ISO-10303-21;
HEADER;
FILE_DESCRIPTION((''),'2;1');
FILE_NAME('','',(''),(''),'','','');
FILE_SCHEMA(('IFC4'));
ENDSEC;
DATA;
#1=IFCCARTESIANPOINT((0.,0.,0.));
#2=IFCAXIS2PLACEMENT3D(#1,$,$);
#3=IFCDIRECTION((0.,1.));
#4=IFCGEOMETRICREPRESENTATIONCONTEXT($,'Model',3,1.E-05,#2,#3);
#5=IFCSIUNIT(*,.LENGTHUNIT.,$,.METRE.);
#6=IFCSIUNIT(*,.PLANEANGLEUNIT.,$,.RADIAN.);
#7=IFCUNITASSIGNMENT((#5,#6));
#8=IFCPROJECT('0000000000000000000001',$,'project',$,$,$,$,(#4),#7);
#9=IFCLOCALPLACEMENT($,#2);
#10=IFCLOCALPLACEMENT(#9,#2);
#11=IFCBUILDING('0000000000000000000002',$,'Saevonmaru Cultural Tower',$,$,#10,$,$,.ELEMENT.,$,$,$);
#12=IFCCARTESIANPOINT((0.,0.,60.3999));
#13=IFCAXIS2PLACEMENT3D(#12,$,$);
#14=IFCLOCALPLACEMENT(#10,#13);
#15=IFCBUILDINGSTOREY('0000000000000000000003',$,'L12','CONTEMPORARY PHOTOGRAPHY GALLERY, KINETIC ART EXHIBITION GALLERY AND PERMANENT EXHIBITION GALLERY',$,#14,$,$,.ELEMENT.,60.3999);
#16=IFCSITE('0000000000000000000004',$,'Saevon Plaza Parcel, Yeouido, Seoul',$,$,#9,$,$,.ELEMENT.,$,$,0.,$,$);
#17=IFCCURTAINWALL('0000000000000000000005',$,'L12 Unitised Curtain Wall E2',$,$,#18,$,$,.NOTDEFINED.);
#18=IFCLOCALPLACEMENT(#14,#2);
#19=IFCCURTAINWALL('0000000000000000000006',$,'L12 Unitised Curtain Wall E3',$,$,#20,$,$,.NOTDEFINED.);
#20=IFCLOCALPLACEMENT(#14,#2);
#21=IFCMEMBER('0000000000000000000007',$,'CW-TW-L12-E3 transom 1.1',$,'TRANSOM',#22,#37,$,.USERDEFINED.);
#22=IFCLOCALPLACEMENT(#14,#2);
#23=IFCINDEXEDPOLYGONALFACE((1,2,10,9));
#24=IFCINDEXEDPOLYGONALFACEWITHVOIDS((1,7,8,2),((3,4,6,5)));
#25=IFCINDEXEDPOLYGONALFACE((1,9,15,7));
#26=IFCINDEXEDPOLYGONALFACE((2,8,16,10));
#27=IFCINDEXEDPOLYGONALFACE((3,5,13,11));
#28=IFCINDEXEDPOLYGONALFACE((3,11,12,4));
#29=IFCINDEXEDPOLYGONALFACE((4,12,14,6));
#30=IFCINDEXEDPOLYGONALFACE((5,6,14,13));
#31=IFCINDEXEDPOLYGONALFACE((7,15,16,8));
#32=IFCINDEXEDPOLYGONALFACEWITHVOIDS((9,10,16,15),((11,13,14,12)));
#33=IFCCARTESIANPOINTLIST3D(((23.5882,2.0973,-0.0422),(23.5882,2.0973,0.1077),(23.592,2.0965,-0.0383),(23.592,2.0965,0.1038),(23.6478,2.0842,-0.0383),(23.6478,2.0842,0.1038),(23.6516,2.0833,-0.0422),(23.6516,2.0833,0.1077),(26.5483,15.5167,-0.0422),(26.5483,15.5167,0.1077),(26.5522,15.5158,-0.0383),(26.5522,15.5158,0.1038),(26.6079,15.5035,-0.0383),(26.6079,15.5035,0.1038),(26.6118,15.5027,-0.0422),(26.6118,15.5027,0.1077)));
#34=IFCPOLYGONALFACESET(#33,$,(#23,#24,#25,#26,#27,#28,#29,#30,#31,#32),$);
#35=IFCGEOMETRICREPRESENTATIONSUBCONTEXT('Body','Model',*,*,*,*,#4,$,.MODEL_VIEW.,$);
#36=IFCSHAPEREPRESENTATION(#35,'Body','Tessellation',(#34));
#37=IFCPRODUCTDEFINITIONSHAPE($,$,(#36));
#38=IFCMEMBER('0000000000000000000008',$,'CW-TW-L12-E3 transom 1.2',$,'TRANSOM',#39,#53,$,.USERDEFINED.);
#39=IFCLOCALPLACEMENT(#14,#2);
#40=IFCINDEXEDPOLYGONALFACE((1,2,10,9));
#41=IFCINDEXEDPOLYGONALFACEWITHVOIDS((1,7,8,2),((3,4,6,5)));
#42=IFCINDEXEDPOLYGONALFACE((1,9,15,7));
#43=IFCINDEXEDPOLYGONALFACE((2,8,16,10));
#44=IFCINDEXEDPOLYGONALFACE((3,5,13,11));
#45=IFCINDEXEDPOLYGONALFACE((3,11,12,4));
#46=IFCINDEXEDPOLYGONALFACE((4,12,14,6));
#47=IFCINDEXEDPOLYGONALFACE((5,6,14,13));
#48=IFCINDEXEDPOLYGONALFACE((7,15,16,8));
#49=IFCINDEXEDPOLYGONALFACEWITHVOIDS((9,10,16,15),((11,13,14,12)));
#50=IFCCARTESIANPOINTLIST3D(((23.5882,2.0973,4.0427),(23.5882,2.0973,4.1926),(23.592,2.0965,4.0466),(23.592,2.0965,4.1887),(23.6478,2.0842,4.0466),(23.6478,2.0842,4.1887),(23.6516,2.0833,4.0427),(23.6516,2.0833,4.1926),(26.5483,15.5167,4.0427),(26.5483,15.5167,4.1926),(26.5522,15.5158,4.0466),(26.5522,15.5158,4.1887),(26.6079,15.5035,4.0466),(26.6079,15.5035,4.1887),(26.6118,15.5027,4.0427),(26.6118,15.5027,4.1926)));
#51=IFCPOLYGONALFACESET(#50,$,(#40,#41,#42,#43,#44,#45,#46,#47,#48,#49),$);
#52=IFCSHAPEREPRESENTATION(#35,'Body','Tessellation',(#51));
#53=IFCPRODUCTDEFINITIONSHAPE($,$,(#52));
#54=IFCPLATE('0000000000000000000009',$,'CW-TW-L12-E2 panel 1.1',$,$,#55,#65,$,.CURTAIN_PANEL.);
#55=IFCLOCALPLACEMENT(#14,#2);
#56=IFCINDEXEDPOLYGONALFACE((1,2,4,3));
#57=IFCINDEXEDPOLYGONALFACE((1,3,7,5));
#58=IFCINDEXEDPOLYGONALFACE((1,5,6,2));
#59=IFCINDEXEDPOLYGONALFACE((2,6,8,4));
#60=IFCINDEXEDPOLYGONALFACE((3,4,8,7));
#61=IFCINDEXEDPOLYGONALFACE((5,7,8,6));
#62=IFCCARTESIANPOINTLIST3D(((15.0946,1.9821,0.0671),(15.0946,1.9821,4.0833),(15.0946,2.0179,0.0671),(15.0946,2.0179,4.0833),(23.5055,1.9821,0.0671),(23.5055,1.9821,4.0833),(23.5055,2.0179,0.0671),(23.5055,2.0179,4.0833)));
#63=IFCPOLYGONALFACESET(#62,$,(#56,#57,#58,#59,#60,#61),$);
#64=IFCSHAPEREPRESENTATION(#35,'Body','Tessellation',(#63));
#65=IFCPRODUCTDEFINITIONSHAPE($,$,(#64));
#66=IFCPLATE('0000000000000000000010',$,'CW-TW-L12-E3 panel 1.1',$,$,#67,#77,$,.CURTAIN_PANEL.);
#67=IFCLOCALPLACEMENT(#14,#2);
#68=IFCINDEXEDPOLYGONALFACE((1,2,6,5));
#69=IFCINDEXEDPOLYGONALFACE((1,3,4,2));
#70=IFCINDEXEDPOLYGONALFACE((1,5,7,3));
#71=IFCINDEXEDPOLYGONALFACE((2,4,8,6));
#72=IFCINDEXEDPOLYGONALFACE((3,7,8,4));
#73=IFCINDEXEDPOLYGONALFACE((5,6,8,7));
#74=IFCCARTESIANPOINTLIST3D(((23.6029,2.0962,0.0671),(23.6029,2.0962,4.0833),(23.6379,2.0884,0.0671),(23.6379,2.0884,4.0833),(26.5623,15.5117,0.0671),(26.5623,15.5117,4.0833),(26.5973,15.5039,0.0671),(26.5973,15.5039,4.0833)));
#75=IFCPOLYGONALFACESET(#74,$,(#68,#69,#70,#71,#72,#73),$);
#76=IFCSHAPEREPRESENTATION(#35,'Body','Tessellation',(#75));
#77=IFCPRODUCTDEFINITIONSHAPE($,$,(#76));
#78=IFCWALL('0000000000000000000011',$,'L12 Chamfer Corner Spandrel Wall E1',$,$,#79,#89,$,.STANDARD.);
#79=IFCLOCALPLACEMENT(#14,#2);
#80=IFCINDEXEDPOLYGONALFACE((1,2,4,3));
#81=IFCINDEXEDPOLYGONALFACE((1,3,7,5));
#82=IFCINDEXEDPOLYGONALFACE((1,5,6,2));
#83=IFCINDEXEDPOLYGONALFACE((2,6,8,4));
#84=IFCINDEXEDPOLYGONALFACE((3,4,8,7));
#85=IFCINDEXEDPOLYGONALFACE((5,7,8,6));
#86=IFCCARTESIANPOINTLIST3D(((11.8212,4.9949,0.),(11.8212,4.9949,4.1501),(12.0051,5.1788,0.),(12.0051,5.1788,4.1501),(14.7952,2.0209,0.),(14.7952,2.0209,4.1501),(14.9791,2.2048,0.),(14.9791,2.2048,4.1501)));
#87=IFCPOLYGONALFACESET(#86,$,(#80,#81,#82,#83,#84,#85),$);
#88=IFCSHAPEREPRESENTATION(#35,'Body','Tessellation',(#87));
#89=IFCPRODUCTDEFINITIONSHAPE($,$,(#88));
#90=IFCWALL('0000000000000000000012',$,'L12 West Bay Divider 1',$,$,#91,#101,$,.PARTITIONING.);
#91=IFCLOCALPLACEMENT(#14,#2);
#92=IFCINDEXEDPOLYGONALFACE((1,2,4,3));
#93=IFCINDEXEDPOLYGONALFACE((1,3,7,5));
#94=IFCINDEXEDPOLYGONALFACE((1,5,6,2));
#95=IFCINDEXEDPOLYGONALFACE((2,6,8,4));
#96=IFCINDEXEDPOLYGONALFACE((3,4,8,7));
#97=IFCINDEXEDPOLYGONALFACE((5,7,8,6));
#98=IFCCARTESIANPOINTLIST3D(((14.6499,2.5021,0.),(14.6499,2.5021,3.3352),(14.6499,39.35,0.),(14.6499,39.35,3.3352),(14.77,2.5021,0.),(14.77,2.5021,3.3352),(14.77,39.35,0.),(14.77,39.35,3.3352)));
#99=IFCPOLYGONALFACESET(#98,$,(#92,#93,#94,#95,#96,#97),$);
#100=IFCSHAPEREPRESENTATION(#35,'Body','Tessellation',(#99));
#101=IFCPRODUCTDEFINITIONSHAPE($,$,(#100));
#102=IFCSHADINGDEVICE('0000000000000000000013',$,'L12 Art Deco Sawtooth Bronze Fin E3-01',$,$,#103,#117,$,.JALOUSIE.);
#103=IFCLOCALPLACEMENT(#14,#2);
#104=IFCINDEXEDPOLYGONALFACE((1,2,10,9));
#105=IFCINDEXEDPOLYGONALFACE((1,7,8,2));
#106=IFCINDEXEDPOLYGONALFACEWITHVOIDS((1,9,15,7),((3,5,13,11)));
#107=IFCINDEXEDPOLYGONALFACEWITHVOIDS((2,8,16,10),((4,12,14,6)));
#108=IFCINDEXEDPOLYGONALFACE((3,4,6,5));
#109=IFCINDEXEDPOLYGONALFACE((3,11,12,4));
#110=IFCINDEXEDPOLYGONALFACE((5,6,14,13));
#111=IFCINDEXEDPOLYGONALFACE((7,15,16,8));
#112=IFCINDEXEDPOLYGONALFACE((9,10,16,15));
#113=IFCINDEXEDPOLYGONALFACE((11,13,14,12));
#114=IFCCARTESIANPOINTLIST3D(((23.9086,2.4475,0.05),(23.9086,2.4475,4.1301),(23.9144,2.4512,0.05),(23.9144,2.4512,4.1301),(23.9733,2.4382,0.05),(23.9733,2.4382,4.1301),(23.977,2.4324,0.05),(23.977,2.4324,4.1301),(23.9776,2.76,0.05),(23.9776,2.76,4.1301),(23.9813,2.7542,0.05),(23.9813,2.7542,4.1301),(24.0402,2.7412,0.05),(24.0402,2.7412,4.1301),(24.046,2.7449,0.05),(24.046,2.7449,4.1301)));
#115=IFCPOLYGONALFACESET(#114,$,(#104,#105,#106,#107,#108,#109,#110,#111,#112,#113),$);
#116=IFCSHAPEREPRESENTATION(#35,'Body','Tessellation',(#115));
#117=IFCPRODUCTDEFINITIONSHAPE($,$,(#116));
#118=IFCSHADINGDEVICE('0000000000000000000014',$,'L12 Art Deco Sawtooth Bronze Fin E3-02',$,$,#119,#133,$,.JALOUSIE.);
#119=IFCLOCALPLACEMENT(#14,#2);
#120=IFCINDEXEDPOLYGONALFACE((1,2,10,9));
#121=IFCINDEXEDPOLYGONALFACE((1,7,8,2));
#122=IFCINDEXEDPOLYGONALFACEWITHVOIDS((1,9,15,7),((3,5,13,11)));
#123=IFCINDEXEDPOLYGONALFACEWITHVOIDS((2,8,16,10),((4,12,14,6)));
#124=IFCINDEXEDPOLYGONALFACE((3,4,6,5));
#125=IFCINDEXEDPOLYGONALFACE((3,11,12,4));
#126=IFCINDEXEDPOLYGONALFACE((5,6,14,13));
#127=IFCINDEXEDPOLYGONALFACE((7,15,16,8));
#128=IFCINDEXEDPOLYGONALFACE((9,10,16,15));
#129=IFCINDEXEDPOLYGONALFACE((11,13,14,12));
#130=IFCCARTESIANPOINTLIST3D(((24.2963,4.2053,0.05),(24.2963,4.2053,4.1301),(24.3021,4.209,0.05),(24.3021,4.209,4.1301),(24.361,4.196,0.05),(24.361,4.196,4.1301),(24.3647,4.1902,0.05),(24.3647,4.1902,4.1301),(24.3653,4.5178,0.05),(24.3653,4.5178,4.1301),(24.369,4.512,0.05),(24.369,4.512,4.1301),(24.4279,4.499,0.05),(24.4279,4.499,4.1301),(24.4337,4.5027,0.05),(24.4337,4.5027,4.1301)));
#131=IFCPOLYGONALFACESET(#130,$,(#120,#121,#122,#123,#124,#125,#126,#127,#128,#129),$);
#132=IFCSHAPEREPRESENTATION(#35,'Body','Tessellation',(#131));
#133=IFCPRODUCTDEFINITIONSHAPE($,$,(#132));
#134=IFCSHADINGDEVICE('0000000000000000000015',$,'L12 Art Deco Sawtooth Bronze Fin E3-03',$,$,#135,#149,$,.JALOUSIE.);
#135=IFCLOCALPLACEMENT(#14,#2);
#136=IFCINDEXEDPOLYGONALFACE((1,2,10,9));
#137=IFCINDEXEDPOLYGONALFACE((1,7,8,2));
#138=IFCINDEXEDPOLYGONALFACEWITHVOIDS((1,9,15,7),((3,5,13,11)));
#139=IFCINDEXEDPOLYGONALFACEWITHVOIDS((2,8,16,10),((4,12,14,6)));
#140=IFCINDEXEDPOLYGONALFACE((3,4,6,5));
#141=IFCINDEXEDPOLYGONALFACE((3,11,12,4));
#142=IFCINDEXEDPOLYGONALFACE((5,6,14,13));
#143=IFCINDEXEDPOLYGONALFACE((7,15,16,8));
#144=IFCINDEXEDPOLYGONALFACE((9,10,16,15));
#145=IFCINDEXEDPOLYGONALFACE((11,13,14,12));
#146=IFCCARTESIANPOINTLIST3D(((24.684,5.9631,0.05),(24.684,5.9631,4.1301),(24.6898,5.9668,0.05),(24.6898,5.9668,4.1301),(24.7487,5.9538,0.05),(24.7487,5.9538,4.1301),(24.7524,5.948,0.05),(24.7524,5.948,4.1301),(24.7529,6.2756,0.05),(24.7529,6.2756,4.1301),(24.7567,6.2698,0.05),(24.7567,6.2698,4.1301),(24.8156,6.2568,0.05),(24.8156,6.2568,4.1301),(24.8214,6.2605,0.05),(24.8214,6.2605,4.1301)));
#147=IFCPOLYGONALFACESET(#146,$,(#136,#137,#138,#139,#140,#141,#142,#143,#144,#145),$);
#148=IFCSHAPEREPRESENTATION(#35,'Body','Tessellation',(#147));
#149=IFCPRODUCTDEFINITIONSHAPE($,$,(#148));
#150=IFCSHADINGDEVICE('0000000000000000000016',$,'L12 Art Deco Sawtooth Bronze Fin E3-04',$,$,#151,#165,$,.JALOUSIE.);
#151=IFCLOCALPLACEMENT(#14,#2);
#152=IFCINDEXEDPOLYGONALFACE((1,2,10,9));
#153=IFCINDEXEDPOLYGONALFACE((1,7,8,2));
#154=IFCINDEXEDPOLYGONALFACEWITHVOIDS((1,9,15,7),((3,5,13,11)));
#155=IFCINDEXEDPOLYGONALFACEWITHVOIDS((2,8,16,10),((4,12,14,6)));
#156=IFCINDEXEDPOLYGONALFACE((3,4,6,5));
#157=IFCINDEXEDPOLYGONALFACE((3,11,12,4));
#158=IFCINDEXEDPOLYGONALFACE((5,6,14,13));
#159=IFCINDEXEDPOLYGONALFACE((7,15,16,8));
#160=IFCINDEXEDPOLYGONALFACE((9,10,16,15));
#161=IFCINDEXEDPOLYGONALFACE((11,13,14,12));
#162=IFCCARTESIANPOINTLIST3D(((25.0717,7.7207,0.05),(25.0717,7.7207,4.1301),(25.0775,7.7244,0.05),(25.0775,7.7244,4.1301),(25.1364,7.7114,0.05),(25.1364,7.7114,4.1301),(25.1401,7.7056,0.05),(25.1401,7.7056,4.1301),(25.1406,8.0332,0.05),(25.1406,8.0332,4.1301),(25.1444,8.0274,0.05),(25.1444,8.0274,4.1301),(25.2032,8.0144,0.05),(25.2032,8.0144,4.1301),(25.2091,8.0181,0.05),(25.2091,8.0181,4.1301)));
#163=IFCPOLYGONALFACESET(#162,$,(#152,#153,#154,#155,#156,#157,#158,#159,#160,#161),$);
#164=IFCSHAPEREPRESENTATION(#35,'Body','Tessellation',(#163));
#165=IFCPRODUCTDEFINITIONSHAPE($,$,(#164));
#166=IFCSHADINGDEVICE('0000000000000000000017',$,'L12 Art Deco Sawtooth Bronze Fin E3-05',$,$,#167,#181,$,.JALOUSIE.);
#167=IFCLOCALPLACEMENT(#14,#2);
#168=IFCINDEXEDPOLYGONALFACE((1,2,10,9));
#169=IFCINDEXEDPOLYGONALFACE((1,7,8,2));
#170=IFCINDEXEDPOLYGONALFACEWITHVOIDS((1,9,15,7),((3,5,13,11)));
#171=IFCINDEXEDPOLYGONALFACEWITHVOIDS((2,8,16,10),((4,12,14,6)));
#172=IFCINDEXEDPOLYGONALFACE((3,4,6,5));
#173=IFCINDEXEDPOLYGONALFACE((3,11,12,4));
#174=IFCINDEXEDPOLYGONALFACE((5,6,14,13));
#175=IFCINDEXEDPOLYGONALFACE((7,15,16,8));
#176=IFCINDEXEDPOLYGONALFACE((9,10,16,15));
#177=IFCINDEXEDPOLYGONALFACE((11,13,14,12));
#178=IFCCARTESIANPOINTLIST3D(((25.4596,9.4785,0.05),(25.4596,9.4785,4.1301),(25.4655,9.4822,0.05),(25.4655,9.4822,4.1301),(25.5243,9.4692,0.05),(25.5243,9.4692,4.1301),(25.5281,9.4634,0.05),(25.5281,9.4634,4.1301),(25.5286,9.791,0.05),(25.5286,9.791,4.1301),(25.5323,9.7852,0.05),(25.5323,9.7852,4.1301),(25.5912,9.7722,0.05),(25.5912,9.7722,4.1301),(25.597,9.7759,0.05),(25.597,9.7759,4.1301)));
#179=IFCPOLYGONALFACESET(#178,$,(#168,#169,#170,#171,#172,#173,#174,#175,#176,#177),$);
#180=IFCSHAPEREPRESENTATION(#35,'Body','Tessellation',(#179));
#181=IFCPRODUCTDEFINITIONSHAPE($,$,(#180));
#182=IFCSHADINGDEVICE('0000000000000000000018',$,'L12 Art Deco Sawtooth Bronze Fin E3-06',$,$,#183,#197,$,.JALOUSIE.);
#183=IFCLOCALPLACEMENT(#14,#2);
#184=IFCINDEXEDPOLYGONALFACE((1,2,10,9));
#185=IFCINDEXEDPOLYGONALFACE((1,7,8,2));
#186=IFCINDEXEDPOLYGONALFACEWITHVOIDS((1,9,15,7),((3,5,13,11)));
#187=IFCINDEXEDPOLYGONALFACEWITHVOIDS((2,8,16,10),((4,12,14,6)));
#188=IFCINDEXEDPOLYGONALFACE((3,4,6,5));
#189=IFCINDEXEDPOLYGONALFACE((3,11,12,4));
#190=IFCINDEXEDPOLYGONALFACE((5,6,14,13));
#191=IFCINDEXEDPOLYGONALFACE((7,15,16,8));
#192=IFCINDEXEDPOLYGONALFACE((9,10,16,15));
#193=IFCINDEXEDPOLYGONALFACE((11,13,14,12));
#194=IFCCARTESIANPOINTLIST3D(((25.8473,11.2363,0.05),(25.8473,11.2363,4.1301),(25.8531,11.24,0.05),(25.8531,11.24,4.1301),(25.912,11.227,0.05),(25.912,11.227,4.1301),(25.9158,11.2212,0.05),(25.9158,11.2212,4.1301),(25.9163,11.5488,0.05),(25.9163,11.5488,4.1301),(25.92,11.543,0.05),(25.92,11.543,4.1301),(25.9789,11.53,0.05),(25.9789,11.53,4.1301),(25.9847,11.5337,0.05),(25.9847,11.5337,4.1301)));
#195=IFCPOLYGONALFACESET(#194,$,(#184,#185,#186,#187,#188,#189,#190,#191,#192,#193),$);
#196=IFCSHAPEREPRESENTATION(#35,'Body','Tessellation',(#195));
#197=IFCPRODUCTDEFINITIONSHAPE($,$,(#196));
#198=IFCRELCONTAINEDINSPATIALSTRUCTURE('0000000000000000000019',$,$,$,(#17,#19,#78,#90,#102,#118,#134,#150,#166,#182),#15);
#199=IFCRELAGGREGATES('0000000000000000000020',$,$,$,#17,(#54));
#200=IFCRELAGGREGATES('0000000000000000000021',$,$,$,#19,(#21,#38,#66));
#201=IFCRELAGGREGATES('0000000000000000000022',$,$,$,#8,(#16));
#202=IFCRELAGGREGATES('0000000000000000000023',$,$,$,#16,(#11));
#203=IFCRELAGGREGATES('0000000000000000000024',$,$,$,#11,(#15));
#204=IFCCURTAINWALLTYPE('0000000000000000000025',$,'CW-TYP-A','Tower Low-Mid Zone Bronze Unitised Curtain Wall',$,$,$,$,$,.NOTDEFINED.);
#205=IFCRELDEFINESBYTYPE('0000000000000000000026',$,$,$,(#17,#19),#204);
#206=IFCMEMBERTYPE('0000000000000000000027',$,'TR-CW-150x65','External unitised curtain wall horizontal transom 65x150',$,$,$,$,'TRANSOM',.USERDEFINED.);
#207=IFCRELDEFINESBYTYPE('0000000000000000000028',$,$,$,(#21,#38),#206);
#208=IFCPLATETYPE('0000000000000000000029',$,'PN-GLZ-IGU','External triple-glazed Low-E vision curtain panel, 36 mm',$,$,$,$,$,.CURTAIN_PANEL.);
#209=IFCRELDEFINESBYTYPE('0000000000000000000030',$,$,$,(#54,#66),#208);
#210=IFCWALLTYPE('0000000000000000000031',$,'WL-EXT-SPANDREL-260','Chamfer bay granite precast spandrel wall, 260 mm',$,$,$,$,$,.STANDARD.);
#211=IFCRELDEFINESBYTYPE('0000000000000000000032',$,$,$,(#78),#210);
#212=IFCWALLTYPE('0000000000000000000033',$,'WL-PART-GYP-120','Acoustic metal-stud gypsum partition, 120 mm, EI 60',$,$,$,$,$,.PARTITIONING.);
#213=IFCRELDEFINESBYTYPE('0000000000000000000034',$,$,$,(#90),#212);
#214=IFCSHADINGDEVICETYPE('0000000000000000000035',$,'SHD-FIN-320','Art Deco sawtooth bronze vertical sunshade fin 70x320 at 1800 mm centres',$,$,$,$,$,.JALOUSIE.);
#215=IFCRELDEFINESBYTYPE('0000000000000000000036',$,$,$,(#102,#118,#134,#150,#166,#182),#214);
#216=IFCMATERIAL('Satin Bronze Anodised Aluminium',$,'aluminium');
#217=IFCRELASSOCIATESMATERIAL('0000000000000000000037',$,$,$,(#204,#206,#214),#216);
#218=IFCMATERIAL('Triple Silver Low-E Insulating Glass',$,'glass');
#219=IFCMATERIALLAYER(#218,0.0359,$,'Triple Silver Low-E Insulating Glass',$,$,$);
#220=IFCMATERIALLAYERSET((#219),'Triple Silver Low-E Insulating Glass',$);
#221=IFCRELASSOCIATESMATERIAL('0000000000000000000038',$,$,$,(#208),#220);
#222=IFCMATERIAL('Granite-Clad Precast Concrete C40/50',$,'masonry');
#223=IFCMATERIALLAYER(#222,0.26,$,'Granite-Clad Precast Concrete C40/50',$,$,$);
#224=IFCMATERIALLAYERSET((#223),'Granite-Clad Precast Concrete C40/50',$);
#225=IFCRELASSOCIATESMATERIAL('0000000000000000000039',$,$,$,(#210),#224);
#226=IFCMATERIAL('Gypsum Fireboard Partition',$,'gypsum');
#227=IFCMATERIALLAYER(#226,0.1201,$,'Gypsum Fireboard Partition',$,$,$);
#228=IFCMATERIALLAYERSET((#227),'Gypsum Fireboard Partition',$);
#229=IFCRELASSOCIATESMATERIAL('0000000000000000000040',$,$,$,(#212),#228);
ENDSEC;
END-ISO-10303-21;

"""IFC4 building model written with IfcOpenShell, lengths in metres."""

from ifc_helpers import new_model, si_unit, direction, frame, frame_2d, origin, origin_2d, place, context, subcontext, project, spatial, rectangle, hollow_rectangle, extrude, material, layer, layer_set, material_profile, profile_set, type_object, element, aggregate, save


model = new_model("IFC4")

# Units and contexts
model_context = context("Model", 3, precision=1e-05, world=origin(), true_north=direction((0.0, 1.0)))
body_context = subcontext(model_context, "Body", "Model", "MODEL_VIEW")
ifc_project = project(units=[si_unit("LENGTHUNIT", "METRE"), si_unit("PLANEANGLEUNIT", "RADIAN")], contexts=[model_context])

# Site, building, storey
site_placement = place(None, origin())
site = spatial("IfcSite", under=ifc_project, at=site_placement, Name="Saevon Plaza Parcel, Yeouido, Seoul", CompositionType="ELEMENT", RefElevation=0.0)
building_placement = place(site_placement, origin())
building = spatial("IfcBuilding", under=site, at=building_placement, Name="Saevonmaru Cultural Tower", CompositionType="ELEMENT")
storey_placement = place(building_placement, frame((0.0, 0.0, 60.3999)))
storey = spatial("IfcBuildingStorey", under=building, at=storey_placement, Name="L12", Description="CONTEMPORARY PHOTOGRAPHY GALLERY, KINETIC ART EXHIBITION GALLERY AND PERMANENT EXHIBITION GALLERY", CompositionType="ELEMENT", Elevation=60.3999)

# Curtain wall
ifc_material_1 = material(Name="Satin Bronze Anodised Aluminium", Category="aluminium")
curtain_wall_type = type_object("IfcCurtainWallType", Name="CW-TYP-A", Description="Tower Low-Mid Zone Bronze Unitised Curtain Wall", PredefinedType="NOTDEFINED", material=ifc_material_1)
curtain_wall_1_placement = place(storey_placement, origin())
curtain_wall_1 = element("IfcCurtainWall", 1, at=curtain_wall_1_placement, inside=storey, type_object=curtain_wall_type, Name="L12 Unitised Curtain Wall E2", PredefinedType="NOTDEFINED")

# Curtain wall
curtain_wall_2_placement = place(storey_placement, origin())
curtain_wall_2 = element("IfcCurtainWall", 2, at=curtain_wall_2_placement, inside=storey, type_object=curtain_wall_type, Name="L12 Unitised Curtain Wall E3", PredefinedType="NOTDEFINED")

# Members
ifc_material_profile_1 = material_profile(ifc_material_1, hollow_rectangle(XDim=0.0649, YDim=0.1499, WallThickness=0.0039, at=origin_2d()), Name="ALU-TRAN-150x65x4")
ifc_profile_set_1 = profile_set([ifc_material_profile_1], Name="Satin Bronze Anodised Aluminium")
member_type_1 = type_object("IfcMemberType", Name="TR-CW-150x65", Description="External unitised curtain wall horizontal transom 65x150", ElementType="TRANSOM", PredefinedType="USERDEFINED", material=ifc_profile_set_1)
member_1_placement = place(storey_placement, frame((23.6199, 2.0903, 0.0327), z_axis=(0.215412, 0.976523, 0.0), x_axis=(-0.976523, 0.215412, 0.0)))
member_1 = element("IfcMember", 3, at=member_1_placement, type_object=member_type_1, Name="CW-TW-L12-E3 transom 1.1", ObjectType="TRANSOM", PredefinedType="USERDEFINED", context=body_context, shape_type="SweptSolid", body=[
    extrude(hollow_rectangle(XDim=0.0649, YDim=0.1499, WallThickness=0.0039, at=origin_2d()), origin(), (0.0, 0.0, 1.0), 13.7419),
])
member_2_placement = place(storey_placement, frame((23.6199, 2.0903, 4.1177), z_axis=(0.215412, 0.976523, 0.0), x_axis=(-0.976523, 0.215412, 0.0)))
member_2 = element("IfcMember", 4, at=member_2_placement, type_object=member_type_1, Name="CW-TW-L12-E3 transom 1.2", ObjectType="TRANSOM", PredefinedType="USERDEFINED", context=body_context, shape_type="SweptSolid", body=[
    extrude(hollow_rectangle(XDim=0.0649, YDim=0.1499, WallThickness=0.0039, at=origin_2d()), origin(), (0.0, 0.0, 1.0), 13.7419),
])

# Plates
ifc_material_2 = material(Name="Triple Silver Low-E Insulating Glass", Category="glass")
ifc_layer_1 = layer(ifc_material_2, 0.0359, Name="Triple Silver Low-E Insulating Glass")
ifc_layer_set_1 = layer_set([ifc_layer_1], Name="Triple Silver Low-E Insulating Glass")
plate_type = type_object("IfcPlateType", Name="PN-GLZ-IGU", Description="External triple-glazed Low-E vision curtain panel, 36 mm", PredefinedType="CURTAIN_PANEL", material=ifc_layer_set_1)
plate_1_placement = place(storey_placement, frame((19.3, 2.0, 0.0671), z_axis=(0.0, 0.0, 1.0), x_axis=(1.0, 0.0, 0.0)))
plate_1 = element("IfcPlate", 5, at=plate_1_placement, type_object=plate_type, Name="CW-TW-L12-E2 panel 1.1", PredefinedType="CURTAIN_PANEL", context=body_context, shape_type="SweptSolid", body=[
    extrude(rectangle(XDim=8.4109, YDim=0.0359, at=origin_2d()), origin(), (0.0, 0.0, 1.0), 4.0161),
])
aggregate(curtain_wall_1, [plate_1])
plate_2_placement = place(storey_placement, frame((25.1001, 8.8, 0.0671), z_axis=(0.0, 0.0, 1.0), x_axis=(0.215413, 0.976523, 0.0)))
plate_2 = element("IfcPlate", 6, at=plate_2_placement, type_object=plate_type, Name="CW-TW-L12-E3 panel 1.1", PredefinedType="CURTAIN_PANEL", context=body_context, shape_type="SweptSolid", body=[
    extrude(rectangle(XDim=13.738, YDim=0.0359, at=origin_2d()), origin(), (0.0, 0.0, 1.0), 4.0161),
])
aggregate(curtain_wall_2, [member_1, member_2, plate_2])

# Walls
ifc_material_3 = material(Name="Granite-Clad Precast Concrete C40/50", Category="masonry")
ifc_layer_2 = layer(ifc_material_3, 0.26, Name="Granite-Clad Precast Concrete C40/50")
ifc_layer_set_2 = layer_set([ifc_layer_2], Name="Granite-Clad Precast Concrete C40/50")
wall_type_1 = type_object("IfcWallType", Name="WL-EXT-SPANDREL-260", Description="Chamfer bay granite precast spandrel wall, 260 mm", PredefinedType="STANDARD", material=ifc_layer_set_2)
wall_1_placement = place(storey_placement, frame((11.9131, 5.0869, 0.0), z_axis=(0.0, 0.0, 1.0), x_axis=(0.707107, -0.707107, 0.0)))
element("IfcWall", 7, at=wall_1_placement, inside=storey, type_object=wall_type_1, Name="L12 Chamfer Corner Spandrel Wall E1", PredefinedType="STANDARD", context=body_context, shape_type="SweptSolid", body=[
    extrude(rectangle(XDim=4.2058, YDim=0.26, at=frame_2d((2.103, 0.0))), origin(), (0.0, 0.0, 1.0), 4.1501),
])
ifc_material_4 = material(Name="Gypsum Fireboard Partition", Category="gypsum")
ifc_layer_3 = layer(ifc_material_4, 0.1201, Name="Gypsum Fireboard Partition")
ifc_layer_set_3 = layer_set([ifc_layer_3], Name="Gypsum Fireboard Partition")
wall_type_2 = type_object("IfcWallType", Name="WL-PART-GYP-120", Description="Acoustic metal-stud gypsum partition, 120 mm, EI 60", PredefinedType="PARTITIONING", material=ifc_layer_set_3)
wall_2_placement = place(storey_placement, frame((14.71, 2.5022, 0.0), z_axis=(0.0, 0.0, 1.0), x_axis=(0.0, 1.0, 0.0)))
element("IfcWall", 8, at=wall_2_placement, inside=storey, type_object=wall_type_2, Name="L12 West Bay Divider 1", PredefinedType="PARTITIONING", context=body_context, shape_type="SweptSolid", body=[
    extrude(rectangle(XDim=36.8479, YDim=0.1201, at=frame_2d((18.4238, 0.0))), origin(), (0.0, 0.0, 1.0), 3.3352),
])

# Shading devices
ifc_material_profile_2 = material_profile(ifc_material_1, hollow_rectangle(XDim=0.0701, YDim=0.3201, WallThickness=0.0049, at=origin_2d()), Name="FIN-320x70")
ifc_profile_set_2 = profile_set([ifc_material_profile_2], Name="Satin Bronze Anodised Aluminium")
shading_device_type = type_object("IfcShadingDeviceType", Name="SHD-FIN-320", Description="Art Deco sawtooth bronze vertical sunshade fin 70x320 at 1800 mm centres", PredefinedType="JALOUSIE", material=ifc_profile_set_2)
for number, where, z_axis, x_axis, name in (
    (9, (23.9773, 2.5962, 0.05), (0.0, 0.0, 1.0), (0.976522, -0.215417, 0.0), "L12 Art Deco Sawtooth Bronze Fin E3-01"),
    (10, (24.365, 4.354, 0.05), (0.0, 0.0, 1.0), (0.976522, -0.215417, 0.0), "L12 Art Deco Sawtooth Bronze Fin E3-02"),
    (11, (24.7527, 6.1118, 0.05), (0.0, 0.0, 1.0), (0.976522, -0.215417, 0.0), "L12 Art Deco Sawtooth Bronze Fin E3-03"),
    (12, (25.1404, 7.8694, 0.05), (0.0, 0.0, 1.0), (0.976522, -0.215417, 0.0), "L12 Art Deco Sawtooth Bronze Fin E3-04"),
    (13, (25.5283, 9.6272, 0.05), (0.0, 0.0, 1.0), (0.976522, -0.215417, 0.0), "L12 Art Deco Sawtooth Bronze Fin E3-05"),
    (14, (25.916, 11.385, 0.05), (0.0, 0.0, 1.0), (0.976522, -0.215417, 0.0), "L12 Art Deco Sawtooth Bronze Fin E3-06"),
):
    element("IfcShadingDevice", number, at=place(storey_placement, frame(where, z_axis=z_axis, x_axis=x_axis)), inside=storey, type_object=shading_device_type, Name=name, PredefinedType="JALOUSIE", context=body_context, shape_type="SweptSolid", body=[
        extrude(hollow_rectangle(XDim=0.0701, YDim=0.3201, WallThickness=0.0049, at=origin_2d()), origin(), (0.0, 0.0, 1.0), 4.0801),
    ])

save(model, "model.ifc")
